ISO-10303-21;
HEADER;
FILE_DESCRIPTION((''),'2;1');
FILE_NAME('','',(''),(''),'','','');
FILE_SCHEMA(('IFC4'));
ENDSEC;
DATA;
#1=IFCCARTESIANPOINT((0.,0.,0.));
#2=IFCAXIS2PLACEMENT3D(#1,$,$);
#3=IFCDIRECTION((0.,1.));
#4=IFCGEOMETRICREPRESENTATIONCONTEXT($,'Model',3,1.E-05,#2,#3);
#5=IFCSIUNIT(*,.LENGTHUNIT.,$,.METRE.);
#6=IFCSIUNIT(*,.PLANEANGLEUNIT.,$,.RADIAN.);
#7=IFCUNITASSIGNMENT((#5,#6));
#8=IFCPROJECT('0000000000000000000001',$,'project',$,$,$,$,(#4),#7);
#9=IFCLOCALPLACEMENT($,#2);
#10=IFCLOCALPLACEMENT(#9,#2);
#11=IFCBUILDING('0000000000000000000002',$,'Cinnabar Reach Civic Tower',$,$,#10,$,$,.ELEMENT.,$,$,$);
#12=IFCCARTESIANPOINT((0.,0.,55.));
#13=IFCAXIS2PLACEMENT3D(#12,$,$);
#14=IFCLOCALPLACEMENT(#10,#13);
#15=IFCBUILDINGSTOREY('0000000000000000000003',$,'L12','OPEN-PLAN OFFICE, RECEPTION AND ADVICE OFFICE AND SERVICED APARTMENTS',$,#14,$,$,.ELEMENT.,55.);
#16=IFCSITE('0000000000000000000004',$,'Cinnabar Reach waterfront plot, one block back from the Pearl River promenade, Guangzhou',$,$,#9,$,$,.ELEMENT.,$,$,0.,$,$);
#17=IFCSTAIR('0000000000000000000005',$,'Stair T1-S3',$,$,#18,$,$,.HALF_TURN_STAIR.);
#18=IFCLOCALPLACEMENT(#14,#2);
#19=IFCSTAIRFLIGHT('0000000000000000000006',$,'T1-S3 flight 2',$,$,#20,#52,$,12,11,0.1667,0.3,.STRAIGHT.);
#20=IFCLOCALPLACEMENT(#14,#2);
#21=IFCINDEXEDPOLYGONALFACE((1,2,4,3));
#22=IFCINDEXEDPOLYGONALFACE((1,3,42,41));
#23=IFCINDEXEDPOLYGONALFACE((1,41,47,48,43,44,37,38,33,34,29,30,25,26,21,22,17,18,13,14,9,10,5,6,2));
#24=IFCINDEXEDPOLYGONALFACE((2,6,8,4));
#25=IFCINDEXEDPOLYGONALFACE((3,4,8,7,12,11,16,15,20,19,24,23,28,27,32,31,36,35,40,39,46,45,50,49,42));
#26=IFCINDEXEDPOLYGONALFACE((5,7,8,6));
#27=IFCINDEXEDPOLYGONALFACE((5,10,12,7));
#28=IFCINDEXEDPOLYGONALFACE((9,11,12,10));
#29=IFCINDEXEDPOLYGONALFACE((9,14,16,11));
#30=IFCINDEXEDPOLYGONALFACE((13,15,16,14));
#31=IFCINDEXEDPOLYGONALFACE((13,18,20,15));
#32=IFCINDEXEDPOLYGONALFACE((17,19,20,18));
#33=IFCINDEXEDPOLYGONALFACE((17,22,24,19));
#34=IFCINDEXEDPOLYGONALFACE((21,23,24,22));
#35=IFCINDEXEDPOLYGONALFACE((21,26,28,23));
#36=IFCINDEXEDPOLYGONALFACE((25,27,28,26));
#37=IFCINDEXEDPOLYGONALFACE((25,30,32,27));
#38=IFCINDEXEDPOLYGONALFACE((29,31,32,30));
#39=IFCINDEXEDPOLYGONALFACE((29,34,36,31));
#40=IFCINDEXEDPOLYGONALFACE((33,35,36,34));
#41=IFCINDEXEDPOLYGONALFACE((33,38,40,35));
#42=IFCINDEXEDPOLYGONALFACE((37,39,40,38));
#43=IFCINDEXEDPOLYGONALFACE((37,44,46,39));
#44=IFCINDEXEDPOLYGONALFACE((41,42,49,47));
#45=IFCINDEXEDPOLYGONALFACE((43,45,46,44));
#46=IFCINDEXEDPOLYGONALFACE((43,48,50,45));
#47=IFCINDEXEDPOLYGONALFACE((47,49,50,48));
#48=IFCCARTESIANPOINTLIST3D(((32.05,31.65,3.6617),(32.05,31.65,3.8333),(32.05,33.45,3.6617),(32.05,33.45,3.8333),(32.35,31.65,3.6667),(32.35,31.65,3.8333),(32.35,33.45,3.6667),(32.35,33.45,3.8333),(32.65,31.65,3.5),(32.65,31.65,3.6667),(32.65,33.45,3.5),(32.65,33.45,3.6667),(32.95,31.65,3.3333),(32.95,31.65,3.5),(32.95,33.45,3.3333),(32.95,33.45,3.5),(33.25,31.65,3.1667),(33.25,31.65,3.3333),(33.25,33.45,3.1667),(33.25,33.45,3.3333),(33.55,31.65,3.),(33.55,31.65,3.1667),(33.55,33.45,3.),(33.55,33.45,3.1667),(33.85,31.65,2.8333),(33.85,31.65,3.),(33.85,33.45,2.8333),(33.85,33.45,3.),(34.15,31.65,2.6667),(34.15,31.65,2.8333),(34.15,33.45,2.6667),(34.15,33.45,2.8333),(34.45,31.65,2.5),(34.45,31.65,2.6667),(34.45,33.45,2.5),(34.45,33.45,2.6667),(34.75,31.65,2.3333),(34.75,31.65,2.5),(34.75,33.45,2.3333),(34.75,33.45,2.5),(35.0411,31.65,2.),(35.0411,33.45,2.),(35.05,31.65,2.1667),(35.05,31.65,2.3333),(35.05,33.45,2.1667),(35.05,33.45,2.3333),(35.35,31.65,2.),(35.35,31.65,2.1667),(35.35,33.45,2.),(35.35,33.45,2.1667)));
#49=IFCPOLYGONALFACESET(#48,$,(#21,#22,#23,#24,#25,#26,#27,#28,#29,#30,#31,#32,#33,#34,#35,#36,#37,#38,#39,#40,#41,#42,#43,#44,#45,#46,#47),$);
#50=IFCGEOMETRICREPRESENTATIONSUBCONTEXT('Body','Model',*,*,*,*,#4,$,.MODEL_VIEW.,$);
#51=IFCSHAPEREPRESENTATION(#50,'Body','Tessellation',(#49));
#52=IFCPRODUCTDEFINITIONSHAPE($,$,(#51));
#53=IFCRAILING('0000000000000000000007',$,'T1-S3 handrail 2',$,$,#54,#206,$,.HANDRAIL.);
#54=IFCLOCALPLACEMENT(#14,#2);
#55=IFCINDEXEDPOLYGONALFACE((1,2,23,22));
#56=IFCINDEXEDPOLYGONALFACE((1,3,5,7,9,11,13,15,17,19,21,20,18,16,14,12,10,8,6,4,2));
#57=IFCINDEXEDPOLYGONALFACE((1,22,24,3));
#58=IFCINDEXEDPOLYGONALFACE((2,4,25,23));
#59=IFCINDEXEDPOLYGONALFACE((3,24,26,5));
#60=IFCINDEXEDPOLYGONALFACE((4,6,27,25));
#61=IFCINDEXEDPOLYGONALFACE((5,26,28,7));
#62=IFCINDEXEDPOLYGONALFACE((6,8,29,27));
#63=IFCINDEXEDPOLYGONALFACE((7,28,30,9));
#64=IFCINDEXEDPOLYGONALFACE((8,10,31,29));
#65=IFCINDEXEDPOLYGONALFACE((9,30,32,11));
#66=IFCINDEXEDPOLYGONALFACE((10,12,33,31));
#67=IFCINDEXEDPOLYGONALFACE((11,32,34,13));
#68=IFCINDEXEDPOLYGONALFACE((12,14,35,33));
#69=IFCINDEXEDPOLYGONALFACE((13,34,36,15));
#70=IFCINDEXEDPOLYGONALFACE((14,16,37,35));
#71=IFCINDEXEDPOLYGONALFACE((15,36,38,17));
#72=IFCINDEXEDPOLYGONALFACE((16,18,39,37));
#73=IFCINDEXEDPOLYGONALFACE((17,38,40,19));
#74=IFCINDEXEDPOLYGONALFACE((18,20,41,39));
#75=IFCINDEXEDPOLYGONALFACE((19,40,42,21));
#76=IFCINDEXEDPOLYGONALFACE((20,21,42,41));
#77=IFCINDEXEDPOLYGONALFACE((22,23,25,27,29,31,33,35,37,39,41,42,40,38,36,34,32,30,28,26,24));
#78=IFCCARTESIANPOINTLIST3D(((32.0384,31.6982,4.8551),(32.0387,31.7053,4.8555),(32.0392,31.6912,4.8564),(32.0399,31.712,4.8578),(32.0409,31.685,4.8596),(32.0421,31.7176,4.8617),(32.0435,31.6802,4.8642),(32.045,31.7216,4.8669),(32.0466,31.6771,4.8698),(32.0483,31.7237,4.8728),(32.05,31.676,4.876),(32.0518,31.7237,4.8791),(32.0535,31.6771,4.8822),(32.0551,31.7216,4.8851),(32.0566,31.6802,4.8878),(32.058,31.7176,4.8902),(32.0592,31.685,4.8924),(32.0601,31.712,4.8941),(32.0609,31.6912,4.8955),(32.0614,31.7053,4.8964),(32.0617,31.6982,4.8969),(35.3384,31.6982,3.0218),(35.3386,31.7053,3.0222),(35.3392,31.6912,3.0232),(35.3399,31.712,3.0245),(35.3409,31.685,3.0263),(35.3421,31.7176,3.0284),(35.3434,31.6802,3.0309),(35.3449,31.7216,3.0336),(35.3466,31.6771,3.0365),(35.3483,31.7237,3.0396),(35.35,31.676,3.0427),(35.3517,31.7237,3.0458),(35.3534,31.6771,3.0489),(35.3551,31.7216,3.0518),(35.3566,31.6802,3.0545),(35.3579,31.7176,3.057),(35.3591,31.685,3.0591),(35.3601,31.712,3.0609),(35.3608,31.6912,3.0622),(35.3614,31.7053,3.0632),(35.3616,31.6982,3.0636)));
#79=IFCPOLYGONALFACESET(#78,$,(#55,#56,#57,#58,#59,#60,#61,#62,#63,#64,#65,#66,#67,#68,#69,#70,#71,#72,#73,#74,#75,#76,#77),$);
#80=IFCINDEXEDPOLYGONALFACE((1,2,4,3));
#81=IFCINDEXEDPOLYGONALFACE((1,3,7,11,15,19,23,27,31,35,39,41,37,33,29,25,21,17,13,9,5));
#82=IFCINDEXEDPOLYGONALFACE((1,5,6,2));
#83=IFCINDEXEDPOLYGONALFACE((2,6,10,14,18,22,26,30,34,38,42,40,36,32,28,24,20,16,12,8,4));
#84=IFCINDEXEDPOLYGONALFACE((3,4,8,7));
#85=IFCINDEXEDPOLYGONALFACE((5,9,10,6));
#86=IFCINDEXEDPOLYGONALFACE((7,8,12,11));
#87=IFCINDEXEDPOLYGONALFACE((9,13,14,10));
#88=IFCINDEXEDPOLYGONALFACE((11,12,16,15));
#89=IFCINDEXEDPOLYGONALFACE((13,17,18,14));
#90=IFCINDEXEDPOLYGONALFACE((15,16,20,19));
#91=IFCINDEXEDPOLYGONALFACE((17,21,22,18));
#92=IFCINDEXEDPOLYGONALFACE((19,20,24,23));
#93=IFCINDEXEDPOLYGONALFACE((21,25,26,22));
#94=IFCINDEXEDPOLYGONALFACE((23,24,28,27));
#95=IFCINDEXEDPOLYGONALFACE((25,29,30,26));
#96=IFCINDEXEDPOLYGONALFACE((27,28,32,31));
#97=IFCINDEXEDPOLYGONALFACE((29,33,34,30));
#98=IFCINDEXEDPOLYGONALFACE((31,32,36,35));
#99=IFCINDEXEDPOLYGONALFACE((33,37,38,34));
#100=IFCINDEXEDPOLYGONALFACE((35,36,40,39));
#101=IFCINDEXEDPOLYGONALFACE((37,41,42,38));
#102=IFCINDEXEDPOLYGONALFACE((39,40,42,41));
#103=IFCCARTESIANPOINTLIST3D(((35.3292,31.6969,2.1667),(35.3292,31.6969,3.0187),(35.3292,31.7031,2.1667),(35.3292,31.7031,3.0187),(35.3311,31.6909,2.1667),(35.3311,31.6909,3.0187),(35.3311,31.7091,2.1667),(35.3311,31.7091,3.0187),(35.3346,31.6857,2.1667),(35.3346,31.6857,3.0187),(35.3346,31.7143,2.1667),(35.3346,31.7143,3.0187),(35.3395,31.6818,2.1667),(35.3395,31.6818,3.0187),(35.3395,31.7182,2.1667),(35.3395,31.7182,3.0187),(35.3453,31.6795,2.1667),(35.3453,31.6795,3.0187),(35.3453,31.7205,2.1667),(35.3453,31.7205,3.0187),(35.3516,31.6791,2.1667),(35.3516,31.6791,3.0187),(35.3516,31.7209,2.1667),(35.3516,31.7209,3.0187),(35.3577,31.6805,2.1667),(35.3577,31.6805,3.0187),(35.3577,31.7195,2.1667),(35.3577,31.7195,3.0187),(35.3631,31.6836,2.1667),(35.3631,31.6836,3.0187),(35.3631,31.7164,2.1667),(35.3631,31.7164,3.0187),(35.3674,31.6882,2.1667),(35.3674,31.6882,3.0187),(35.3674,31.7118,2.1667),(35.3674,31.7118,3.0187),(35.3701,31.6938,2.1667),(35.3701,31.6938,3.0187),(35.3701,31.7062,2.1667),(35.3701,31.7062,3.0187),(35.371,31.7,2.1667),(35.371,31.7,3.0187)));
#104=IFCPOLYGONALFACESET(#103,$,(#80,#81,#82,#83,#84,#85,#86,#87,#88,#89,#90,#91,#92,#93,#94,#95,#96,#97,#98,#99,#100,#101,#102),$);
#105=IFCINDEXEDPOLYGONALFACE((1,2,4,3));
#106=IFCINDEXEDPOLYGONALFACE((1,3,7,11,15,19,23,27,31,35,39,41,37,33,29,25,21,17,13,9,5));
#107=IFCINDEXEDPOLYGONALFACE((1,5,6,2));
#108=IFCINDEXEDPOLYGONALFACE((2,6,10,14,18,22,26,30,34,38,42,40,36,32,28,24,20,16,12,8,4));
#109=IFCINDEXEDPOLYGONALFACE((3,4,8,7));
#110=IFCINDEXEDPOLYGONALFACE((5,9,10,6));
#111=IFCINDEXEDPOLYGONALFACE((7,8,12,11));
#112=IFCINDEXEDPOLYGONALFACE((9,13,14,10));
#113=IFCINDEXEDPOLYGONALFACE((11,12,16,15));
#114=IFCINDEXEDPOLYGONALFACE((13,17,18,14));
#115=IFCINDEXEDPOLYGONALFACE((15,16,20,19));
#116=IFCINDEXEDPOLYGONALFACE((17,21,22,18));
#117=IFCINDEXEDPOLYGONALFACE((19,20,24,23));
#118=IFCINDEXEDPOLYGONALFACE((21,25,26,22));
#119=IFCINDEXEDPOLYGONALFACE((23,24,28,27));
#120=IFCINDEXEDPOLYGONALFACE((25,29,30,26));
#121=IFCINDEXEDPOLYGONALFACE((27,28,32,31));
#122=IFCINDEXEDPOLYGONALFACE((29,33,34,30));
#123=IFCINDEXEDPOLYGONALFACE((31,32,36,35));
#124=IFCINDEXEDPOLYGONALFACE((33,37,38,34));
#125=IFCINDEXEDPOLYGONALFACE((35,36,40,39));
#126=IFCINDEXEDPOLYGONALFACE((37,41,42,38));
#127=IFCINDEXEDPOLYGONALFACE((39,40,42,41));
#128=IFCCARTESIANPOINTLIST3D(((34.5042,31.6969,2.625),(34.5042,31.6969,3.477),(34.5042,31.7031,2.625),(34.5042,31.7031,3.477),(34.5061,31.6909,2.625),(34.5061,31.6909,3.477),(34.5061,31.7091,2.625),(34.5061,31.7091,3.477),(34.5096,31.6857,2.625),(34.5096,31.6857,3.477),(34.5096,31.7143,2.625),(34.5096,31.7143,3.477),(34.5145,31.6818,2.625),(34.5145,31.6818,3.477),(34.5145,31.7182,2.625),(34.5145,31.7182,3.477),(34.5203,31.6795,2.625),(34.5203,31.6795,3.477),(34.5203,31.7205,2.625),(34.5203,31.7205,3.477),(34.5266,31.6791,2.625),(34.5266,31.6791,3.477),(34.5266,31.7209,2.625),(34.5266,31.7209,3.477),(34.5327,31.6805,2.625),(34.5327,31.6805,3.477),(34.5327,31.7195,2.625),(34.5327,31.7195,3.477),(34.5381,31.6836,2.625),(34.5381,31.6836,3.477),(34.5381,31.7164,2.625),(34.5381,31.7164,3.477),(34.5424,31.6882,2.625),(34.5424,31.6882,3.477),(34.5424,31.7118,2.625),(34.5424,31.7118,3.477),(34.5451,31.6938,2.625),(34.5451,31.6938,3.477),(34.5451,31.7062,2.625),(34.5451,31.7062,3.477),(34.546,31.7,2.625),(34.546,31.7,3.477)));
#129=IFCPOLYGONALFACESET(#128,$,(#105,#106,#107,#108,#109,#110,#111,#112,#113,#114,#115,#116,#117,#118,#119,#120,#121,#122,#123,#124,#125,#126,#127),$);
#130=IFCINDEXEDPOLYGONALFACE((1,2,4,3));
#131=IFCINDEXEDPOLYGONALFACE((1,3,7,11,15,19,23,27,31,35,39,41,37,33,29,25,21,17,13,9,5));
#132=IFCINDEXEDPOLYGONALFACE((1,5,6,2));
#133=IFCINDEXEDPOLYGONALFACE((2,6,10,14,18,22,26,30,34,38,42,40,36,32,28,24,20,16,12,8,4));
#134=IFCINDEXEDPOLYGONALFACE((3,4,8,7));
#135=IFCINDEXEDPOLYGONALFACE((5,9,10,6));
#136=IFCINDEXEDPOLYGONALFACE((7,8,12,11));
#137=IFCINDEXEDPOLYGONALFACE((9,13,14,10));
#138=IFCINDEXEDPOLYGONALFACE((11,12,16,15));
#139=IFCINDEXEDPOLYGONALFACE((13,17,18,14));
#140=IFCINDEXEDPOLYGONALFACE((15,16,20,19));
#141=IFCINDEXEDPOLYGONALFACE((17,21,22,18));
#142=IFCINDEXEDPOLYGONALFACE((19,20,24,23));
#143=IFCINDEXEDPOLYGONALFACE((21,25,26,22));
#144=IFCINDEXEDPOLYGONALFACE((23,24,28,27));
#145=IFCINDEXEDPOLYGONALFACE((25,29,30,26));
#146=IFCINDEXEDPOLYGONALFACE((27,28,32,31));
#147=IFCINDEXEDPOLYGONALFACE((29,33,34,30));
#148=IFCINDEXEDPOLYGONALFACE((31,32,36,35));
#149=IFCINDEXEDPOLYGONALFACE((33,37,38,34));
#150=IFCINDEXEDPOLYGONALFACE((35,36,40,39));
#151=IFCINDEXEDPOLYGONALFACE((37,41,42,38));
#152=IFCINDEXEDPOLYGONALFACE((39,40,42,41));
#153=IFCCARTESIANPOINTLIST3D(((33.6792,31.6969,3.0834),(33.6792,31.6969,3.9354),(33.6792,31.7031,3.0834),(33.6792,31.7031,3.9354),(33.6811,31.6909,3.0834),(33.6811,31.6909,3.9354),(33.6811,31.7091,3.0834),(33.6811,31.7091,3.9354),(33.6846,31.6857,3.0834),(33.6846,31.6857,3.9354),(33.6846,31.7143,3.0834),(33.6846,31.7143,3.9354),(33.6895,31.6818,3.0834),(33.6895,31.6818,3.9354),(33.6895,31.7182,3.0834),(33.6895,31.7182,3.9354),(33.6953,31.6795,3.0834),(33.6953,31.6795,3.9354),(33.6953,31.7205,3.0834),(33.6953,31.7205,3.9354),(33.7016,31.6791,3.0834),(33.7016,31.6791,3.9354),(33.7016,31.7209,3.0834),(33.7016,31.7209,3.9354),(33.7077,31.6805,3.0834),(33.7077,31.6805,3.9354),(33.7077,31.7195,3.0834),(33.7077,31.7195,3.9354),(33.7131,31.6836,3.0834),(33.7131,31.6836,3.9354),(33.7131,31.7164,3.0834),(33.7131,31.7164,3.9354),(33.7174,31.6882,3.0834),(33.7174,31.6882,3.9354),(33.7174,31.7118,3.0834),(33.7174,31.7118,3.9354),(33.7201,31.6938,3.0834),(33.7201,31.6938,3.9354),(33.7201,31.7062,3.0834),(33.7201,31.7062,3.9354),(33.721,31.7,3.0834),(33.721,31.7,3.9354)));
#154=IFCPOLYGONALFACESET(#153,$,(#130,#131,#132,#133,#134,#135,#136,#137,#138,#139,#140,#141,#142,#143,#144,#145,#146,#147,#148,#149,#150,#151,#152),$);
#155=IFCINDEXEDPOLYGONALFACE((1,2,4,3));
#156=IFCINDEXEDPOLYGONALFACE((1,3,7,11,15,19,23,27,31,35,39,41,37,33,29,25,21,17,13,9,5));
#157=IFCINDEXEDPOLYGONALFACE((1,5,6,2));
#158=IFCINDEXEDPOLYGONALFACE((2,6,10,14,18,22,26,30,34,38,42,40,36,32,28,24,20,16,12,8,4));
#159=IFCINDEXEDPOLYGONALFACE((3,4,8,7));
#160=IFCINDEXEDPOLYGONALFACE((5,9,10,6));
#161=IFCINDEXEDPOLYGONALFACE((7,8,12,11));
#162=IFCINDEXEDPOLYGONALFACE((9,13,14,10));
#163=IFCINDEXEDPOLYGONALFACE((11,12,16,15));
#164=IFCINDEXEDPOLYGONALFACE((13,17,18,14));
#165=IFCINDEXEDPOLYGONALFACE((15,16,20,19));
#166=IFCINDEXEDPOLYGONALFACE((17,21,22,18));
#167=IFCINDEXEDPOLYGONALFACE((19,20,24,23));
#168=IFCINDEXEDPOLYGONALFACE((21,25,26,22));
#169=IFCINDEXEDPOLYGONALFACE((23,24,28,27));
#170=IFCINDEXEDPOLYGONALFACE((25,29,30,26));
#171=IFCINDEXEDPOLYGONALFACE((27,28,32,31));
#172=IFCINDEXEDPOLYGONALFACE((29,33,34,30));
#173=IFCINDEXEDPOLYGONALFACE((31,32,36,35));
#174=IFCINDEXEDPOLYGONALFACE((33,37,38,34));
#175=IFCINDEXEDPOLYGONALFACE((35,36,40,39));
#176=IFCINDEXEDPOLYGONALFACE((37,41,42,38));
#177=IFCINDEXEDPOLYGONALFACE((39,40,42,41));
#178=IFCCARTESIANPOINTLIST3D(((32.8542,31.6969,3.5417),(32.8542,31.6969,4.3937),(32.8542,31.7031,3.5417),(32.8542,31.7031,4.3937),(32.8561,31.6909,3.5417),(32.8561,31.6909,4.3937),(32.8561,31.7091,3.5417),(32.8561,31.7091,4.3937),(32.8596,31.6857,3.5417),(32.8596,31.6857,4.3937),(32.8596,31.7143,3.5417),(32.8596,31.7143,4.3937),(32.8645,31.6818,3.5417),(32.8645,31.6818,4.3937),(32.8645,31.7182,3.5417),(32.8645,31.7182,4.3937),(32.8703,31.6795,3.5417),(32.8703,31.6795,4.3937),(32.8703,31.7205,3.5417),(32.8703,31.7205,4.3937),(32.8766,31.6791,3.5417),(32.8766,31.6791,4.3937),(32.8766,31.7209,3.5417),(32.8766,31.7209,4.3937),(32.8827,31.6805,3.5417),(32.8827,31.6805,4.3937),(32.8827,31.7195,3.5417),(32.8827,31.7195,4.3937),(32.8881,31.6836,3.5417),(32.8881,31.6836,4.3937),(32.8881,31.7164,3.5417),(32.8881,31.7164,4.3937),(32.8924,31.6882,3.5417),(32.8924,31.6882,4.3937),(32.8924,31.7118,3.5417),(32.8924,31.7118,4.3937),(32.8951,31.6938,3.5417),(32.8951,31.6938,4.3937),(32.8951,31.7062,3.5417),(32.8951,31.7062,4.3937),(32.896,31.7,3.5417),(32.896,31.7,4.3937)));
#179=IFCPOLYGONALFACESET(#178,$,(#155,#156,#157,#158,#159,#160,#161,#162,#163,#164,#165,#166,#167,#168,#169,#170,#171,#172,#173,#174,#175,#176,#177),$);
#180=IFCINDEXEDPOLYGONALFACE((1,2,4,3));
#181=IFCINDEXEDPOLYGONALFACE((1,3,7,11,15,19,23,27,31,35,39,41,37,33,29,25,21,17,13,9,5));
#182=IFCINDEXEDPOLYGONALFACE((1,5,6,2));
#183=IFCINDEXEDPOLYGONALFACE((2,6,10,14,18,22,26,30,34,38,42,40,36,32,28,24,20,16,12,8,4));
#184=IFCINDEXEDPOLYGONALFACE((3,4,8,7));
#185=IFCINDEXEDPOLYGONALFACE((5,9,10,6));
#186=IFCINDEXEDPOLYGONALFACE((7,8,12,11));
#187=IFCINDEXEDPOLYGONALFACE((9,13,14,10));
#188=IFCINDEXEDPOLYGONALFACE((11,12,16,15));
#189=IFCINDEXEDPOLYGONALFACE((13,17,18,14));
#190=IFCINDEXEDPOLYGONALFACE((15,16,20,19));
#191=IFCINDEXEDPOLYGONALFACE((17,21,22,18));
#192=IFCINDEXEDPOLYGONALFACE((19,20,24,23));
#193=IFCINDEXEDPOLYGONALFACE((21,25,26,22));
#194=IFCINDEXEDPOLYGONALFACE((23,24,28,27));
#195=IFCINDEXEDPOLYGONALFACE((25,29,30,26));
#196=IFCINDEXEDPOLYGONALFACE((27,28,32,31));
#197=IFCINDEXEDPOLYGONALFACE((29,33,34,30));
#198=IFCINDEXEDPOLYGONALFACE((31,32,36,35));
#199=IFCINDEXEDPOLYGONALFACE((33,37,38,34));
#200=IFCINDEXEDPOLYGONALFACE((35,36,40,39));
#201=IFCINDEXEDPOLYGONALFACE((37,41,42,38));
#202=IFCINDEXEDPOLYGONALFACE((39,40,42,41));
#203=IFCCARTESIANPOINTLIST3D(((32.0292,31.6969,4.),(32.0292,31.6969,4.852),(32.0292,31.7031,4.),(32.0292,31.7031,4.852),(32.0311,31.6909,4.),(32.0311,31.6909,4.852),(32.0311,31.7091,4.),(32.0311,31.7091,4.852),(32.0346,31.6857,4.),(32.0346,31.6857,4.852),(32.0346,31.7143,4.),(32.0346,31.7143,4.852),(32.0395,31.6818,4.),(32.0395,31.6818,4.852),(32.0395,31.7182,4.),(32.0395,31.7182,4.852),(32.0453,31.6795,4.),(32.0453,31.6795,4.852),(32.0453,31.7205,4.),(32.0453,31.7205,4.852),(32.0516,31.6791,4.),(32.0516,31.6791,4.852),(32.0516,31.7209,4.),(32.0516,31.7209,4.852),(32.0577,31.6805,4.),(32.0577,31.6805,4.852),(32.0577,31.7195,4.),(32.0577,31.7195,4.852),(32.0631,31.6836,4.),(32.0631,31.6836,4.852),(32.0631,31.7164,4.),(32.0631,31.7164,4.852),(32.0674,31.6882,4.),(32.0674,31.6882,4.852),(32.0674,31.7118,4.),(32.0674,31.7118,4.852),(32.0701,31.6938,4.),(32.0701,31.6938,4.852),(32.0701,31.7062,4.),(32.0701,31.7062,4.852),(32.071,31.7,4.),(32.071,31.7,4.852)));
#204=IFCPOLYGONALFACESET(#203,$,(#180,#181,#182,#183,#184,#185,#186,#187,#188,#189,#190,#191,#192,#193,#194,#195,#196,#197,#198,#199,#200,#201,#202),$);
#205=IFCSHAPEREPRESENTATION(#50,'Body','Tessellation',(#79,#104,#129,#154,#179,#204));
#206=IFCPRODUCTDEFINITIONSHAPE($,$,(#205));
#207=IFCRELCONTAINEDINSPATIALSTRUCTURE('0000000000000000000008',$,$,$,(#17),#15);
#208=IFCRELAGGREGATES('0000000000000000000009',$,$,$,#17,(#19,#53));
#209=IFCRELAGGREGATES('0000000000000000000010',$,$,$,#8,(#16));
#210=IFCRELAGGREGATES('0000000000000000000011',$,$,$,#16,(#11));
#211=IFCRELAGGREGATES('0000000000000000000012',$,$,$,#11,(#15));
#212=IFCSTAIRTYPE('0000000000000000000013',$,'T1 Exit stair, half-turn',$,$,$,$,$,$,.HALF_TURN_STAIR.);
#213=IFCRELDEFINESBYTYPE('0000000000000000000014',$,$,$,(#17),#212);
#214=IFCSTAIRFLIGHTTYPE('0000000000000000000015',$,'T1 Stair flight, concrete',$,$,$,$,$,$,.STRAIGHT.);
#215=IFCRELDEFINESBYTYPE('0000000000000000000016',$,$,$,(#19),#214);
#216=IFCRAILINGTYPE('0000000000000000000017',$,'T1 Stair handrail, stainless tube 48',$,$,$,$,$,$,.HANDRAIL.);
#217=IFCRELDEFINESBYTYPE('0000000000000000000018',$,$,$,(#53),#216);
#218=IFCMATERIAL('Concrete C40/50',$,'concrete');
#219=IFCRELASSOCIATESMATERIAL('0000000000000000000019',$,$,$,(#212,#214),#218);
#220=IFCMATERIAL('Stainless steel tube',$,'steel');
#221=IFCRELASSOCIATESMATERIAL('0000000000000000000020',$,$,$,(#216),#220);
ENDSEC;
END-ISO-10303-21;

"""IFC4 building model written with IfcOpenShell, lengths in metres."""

from ifc_helpers import new_model, si_unit, direction, frame, origin, origin_2d, place, context, subcontext, project, spatial, polyline, circle, outline, extrude, material, type_object, element, aggregate, save


model = new_model("IFC4")

# Units and contexts
model_context = context("Model", 3, precision=1e-05, world=origin(), true_north=direction((0.0, 1.0)))
body_context = subcontext(model_context, "Body", "Model", "MODEL_VIEW")
ifc_project = project(units=[si_unit("LENGTHUNIT", "METRE"), si_unit("PLANEANGLEUNIT", "RADIAN")], contexts=[model_context])

# Site, building, storey
site_placement = place(None, origin())
site = spatial("IfcSite", under=ifc_project, at=site_placement, Name="Cinnabar Reach waterfront plot, one block back from the Pearl River promenade, Guangzhou", CompositionType="ELEMENT", RefElevation=0.0)
building_placement = place(site_placement, origin())
building = spatial("IfcBuilding", under=site, at=building_placement, Name="Cinnabar Reach Civic Tower", CompositionType="ELEMENT")
storey_placement = place(building_placement, frame((0.0, 0.0, 55.0)))
storey = spatial("IfcBuildingStorey", under=building, at=storey_placement, Name="L12", Description="OPEN-PLAN OFFICE, RECEPTION AND ADVICE OFFICE AND SERVICED APARTMENTS", CompositionType="ELEMENT", Elevation=55.0)

# Stair, stair flight, railing
ifc_material_1 = material(Name="Concrete C40/50", Category="concrete")
stair_type = type_object("IfcStairType", Name="T1 Exit stair, half-turn", PredefinedType="HALF_TURN_STAIR", material=ifc_material_1)
stair_placement = place(storey_placement, origin())
stair = element("IfcStair", 1, at=stair_placement, inside=storey, type_object=stair_type, Name="Stair T1-S3", PredefinedType="HALF_TURN_STAIR")
stair_flight_type = type_object("IfcStairFlightType", Name="T1 Stair flight, concrete", PredefinedType="STRAIGHT", material=ifc_material_1)
stair_flight_placement = place(storey_placement, frame((35.35, 32.55, 2.0), z_axis=(0.0, 0.0, 1.0), x_axis=(-1.0, 0.0, 0.0)))
stair_flight = element("IfcStairFlight", 2, at=stair_flight_placement, type_object=stair_flight_type, Name="T1-S3 flight 2", NumberOfRisers=12, NumberOfTreads=11, PredefinedType="STRAIGHT", RiserHeight=0.1667, TreadLength=0.3, context=body_context, shape_type="SweptSolid", body=[
    extrude(outline(polyline([(0.0, 0.0), (0.0, 0.1667), (0.3, 0.1667), (0.3, 0.3333), (0.6, 0.3333), (0.6, 0.5), (0.9, 0.5), (0.9, 0.6667), (1.2, 0.6667), (1.2, 0.8333), (1.5, 0.8333), (1.5, 1.0), (1.8, 1.0), (1.8, 1.1667), (2.1, 1.1667), (2.1, 1.3333), (2.4, 1.3333), (2.4, 1.5), (2.7, 1.5), (2.7, 1.6667), (3.0, 1.6667), (3.0, 1.8333), (3.3, 1.8333), (3.3, 2.0), (3.3, 1.6617), (0.3089, 0.0), (0.0, 0.0)])), frame((0.0, 0.9, 0.0), z_axis=(0.0, -1.0, 0.0), x_axis=(1.0, 0.0, 0.0)), (0.0, 0.0, 1.0), 1.8),
])
ifc_material_2 = material(Name="Stainless steel tube", Category="steel")
railing_type = type_object("IfcRailingType", Name="T1 Stair handrail, stainless tube 48", PredefinedType="HANDRAIL", material=ifc_material_2)
railing_placement = place(storey_placement, frame((35.35, 31.7, 2.1667)))
railing = element("IfcRailing", 3, at=railing_placement, type_object=railing_type, Name="T1-S3 handrail 2", PredefinedType="HANDRAIL", context=body_context, shape_type="SweptSolid", body=[
    extrude(circle(Radius=0.024, at=origin_2d()), frame((0.0, 0.0, 0.876), z_axis=(-0.874161, 0.0, 0.485636), x_axis=(0.0, -1.0, 0.0)), (0.0, 0.0, 1.0), 3.775),
    extrude(circle(Radius=0.021, at=origin_2d()), origin(), (0.0, 0.0, 1.0), 0.852),
    extrude(circle(Radius=0.021, at=origin_2d()), frame((-0.825, 0.0, 0.4583)), (0.0, 0.0, 1.0), 0.852),
    extrude(circle(Radius=0.021, at=origin_2d()), frame((-1.65, 0.0, 0.9167)), (0.0, 0.0, 1.0), 0.852),
    extrude(circle(Radius=0.021, at=origin_2d()), frame((-2.475, 0.0, 1.375)), (0.0, 0.0, 1.0), 0.852),
    extrude(circle(Radius=0.021, at=origin_2d()), frame((-3.3, 0.0, 1.8333)), (0.0, 0.0, 1.0), 0.852),
])
aggregate(stair, [stair_flight, railing])

save(model, "model.ifc")
